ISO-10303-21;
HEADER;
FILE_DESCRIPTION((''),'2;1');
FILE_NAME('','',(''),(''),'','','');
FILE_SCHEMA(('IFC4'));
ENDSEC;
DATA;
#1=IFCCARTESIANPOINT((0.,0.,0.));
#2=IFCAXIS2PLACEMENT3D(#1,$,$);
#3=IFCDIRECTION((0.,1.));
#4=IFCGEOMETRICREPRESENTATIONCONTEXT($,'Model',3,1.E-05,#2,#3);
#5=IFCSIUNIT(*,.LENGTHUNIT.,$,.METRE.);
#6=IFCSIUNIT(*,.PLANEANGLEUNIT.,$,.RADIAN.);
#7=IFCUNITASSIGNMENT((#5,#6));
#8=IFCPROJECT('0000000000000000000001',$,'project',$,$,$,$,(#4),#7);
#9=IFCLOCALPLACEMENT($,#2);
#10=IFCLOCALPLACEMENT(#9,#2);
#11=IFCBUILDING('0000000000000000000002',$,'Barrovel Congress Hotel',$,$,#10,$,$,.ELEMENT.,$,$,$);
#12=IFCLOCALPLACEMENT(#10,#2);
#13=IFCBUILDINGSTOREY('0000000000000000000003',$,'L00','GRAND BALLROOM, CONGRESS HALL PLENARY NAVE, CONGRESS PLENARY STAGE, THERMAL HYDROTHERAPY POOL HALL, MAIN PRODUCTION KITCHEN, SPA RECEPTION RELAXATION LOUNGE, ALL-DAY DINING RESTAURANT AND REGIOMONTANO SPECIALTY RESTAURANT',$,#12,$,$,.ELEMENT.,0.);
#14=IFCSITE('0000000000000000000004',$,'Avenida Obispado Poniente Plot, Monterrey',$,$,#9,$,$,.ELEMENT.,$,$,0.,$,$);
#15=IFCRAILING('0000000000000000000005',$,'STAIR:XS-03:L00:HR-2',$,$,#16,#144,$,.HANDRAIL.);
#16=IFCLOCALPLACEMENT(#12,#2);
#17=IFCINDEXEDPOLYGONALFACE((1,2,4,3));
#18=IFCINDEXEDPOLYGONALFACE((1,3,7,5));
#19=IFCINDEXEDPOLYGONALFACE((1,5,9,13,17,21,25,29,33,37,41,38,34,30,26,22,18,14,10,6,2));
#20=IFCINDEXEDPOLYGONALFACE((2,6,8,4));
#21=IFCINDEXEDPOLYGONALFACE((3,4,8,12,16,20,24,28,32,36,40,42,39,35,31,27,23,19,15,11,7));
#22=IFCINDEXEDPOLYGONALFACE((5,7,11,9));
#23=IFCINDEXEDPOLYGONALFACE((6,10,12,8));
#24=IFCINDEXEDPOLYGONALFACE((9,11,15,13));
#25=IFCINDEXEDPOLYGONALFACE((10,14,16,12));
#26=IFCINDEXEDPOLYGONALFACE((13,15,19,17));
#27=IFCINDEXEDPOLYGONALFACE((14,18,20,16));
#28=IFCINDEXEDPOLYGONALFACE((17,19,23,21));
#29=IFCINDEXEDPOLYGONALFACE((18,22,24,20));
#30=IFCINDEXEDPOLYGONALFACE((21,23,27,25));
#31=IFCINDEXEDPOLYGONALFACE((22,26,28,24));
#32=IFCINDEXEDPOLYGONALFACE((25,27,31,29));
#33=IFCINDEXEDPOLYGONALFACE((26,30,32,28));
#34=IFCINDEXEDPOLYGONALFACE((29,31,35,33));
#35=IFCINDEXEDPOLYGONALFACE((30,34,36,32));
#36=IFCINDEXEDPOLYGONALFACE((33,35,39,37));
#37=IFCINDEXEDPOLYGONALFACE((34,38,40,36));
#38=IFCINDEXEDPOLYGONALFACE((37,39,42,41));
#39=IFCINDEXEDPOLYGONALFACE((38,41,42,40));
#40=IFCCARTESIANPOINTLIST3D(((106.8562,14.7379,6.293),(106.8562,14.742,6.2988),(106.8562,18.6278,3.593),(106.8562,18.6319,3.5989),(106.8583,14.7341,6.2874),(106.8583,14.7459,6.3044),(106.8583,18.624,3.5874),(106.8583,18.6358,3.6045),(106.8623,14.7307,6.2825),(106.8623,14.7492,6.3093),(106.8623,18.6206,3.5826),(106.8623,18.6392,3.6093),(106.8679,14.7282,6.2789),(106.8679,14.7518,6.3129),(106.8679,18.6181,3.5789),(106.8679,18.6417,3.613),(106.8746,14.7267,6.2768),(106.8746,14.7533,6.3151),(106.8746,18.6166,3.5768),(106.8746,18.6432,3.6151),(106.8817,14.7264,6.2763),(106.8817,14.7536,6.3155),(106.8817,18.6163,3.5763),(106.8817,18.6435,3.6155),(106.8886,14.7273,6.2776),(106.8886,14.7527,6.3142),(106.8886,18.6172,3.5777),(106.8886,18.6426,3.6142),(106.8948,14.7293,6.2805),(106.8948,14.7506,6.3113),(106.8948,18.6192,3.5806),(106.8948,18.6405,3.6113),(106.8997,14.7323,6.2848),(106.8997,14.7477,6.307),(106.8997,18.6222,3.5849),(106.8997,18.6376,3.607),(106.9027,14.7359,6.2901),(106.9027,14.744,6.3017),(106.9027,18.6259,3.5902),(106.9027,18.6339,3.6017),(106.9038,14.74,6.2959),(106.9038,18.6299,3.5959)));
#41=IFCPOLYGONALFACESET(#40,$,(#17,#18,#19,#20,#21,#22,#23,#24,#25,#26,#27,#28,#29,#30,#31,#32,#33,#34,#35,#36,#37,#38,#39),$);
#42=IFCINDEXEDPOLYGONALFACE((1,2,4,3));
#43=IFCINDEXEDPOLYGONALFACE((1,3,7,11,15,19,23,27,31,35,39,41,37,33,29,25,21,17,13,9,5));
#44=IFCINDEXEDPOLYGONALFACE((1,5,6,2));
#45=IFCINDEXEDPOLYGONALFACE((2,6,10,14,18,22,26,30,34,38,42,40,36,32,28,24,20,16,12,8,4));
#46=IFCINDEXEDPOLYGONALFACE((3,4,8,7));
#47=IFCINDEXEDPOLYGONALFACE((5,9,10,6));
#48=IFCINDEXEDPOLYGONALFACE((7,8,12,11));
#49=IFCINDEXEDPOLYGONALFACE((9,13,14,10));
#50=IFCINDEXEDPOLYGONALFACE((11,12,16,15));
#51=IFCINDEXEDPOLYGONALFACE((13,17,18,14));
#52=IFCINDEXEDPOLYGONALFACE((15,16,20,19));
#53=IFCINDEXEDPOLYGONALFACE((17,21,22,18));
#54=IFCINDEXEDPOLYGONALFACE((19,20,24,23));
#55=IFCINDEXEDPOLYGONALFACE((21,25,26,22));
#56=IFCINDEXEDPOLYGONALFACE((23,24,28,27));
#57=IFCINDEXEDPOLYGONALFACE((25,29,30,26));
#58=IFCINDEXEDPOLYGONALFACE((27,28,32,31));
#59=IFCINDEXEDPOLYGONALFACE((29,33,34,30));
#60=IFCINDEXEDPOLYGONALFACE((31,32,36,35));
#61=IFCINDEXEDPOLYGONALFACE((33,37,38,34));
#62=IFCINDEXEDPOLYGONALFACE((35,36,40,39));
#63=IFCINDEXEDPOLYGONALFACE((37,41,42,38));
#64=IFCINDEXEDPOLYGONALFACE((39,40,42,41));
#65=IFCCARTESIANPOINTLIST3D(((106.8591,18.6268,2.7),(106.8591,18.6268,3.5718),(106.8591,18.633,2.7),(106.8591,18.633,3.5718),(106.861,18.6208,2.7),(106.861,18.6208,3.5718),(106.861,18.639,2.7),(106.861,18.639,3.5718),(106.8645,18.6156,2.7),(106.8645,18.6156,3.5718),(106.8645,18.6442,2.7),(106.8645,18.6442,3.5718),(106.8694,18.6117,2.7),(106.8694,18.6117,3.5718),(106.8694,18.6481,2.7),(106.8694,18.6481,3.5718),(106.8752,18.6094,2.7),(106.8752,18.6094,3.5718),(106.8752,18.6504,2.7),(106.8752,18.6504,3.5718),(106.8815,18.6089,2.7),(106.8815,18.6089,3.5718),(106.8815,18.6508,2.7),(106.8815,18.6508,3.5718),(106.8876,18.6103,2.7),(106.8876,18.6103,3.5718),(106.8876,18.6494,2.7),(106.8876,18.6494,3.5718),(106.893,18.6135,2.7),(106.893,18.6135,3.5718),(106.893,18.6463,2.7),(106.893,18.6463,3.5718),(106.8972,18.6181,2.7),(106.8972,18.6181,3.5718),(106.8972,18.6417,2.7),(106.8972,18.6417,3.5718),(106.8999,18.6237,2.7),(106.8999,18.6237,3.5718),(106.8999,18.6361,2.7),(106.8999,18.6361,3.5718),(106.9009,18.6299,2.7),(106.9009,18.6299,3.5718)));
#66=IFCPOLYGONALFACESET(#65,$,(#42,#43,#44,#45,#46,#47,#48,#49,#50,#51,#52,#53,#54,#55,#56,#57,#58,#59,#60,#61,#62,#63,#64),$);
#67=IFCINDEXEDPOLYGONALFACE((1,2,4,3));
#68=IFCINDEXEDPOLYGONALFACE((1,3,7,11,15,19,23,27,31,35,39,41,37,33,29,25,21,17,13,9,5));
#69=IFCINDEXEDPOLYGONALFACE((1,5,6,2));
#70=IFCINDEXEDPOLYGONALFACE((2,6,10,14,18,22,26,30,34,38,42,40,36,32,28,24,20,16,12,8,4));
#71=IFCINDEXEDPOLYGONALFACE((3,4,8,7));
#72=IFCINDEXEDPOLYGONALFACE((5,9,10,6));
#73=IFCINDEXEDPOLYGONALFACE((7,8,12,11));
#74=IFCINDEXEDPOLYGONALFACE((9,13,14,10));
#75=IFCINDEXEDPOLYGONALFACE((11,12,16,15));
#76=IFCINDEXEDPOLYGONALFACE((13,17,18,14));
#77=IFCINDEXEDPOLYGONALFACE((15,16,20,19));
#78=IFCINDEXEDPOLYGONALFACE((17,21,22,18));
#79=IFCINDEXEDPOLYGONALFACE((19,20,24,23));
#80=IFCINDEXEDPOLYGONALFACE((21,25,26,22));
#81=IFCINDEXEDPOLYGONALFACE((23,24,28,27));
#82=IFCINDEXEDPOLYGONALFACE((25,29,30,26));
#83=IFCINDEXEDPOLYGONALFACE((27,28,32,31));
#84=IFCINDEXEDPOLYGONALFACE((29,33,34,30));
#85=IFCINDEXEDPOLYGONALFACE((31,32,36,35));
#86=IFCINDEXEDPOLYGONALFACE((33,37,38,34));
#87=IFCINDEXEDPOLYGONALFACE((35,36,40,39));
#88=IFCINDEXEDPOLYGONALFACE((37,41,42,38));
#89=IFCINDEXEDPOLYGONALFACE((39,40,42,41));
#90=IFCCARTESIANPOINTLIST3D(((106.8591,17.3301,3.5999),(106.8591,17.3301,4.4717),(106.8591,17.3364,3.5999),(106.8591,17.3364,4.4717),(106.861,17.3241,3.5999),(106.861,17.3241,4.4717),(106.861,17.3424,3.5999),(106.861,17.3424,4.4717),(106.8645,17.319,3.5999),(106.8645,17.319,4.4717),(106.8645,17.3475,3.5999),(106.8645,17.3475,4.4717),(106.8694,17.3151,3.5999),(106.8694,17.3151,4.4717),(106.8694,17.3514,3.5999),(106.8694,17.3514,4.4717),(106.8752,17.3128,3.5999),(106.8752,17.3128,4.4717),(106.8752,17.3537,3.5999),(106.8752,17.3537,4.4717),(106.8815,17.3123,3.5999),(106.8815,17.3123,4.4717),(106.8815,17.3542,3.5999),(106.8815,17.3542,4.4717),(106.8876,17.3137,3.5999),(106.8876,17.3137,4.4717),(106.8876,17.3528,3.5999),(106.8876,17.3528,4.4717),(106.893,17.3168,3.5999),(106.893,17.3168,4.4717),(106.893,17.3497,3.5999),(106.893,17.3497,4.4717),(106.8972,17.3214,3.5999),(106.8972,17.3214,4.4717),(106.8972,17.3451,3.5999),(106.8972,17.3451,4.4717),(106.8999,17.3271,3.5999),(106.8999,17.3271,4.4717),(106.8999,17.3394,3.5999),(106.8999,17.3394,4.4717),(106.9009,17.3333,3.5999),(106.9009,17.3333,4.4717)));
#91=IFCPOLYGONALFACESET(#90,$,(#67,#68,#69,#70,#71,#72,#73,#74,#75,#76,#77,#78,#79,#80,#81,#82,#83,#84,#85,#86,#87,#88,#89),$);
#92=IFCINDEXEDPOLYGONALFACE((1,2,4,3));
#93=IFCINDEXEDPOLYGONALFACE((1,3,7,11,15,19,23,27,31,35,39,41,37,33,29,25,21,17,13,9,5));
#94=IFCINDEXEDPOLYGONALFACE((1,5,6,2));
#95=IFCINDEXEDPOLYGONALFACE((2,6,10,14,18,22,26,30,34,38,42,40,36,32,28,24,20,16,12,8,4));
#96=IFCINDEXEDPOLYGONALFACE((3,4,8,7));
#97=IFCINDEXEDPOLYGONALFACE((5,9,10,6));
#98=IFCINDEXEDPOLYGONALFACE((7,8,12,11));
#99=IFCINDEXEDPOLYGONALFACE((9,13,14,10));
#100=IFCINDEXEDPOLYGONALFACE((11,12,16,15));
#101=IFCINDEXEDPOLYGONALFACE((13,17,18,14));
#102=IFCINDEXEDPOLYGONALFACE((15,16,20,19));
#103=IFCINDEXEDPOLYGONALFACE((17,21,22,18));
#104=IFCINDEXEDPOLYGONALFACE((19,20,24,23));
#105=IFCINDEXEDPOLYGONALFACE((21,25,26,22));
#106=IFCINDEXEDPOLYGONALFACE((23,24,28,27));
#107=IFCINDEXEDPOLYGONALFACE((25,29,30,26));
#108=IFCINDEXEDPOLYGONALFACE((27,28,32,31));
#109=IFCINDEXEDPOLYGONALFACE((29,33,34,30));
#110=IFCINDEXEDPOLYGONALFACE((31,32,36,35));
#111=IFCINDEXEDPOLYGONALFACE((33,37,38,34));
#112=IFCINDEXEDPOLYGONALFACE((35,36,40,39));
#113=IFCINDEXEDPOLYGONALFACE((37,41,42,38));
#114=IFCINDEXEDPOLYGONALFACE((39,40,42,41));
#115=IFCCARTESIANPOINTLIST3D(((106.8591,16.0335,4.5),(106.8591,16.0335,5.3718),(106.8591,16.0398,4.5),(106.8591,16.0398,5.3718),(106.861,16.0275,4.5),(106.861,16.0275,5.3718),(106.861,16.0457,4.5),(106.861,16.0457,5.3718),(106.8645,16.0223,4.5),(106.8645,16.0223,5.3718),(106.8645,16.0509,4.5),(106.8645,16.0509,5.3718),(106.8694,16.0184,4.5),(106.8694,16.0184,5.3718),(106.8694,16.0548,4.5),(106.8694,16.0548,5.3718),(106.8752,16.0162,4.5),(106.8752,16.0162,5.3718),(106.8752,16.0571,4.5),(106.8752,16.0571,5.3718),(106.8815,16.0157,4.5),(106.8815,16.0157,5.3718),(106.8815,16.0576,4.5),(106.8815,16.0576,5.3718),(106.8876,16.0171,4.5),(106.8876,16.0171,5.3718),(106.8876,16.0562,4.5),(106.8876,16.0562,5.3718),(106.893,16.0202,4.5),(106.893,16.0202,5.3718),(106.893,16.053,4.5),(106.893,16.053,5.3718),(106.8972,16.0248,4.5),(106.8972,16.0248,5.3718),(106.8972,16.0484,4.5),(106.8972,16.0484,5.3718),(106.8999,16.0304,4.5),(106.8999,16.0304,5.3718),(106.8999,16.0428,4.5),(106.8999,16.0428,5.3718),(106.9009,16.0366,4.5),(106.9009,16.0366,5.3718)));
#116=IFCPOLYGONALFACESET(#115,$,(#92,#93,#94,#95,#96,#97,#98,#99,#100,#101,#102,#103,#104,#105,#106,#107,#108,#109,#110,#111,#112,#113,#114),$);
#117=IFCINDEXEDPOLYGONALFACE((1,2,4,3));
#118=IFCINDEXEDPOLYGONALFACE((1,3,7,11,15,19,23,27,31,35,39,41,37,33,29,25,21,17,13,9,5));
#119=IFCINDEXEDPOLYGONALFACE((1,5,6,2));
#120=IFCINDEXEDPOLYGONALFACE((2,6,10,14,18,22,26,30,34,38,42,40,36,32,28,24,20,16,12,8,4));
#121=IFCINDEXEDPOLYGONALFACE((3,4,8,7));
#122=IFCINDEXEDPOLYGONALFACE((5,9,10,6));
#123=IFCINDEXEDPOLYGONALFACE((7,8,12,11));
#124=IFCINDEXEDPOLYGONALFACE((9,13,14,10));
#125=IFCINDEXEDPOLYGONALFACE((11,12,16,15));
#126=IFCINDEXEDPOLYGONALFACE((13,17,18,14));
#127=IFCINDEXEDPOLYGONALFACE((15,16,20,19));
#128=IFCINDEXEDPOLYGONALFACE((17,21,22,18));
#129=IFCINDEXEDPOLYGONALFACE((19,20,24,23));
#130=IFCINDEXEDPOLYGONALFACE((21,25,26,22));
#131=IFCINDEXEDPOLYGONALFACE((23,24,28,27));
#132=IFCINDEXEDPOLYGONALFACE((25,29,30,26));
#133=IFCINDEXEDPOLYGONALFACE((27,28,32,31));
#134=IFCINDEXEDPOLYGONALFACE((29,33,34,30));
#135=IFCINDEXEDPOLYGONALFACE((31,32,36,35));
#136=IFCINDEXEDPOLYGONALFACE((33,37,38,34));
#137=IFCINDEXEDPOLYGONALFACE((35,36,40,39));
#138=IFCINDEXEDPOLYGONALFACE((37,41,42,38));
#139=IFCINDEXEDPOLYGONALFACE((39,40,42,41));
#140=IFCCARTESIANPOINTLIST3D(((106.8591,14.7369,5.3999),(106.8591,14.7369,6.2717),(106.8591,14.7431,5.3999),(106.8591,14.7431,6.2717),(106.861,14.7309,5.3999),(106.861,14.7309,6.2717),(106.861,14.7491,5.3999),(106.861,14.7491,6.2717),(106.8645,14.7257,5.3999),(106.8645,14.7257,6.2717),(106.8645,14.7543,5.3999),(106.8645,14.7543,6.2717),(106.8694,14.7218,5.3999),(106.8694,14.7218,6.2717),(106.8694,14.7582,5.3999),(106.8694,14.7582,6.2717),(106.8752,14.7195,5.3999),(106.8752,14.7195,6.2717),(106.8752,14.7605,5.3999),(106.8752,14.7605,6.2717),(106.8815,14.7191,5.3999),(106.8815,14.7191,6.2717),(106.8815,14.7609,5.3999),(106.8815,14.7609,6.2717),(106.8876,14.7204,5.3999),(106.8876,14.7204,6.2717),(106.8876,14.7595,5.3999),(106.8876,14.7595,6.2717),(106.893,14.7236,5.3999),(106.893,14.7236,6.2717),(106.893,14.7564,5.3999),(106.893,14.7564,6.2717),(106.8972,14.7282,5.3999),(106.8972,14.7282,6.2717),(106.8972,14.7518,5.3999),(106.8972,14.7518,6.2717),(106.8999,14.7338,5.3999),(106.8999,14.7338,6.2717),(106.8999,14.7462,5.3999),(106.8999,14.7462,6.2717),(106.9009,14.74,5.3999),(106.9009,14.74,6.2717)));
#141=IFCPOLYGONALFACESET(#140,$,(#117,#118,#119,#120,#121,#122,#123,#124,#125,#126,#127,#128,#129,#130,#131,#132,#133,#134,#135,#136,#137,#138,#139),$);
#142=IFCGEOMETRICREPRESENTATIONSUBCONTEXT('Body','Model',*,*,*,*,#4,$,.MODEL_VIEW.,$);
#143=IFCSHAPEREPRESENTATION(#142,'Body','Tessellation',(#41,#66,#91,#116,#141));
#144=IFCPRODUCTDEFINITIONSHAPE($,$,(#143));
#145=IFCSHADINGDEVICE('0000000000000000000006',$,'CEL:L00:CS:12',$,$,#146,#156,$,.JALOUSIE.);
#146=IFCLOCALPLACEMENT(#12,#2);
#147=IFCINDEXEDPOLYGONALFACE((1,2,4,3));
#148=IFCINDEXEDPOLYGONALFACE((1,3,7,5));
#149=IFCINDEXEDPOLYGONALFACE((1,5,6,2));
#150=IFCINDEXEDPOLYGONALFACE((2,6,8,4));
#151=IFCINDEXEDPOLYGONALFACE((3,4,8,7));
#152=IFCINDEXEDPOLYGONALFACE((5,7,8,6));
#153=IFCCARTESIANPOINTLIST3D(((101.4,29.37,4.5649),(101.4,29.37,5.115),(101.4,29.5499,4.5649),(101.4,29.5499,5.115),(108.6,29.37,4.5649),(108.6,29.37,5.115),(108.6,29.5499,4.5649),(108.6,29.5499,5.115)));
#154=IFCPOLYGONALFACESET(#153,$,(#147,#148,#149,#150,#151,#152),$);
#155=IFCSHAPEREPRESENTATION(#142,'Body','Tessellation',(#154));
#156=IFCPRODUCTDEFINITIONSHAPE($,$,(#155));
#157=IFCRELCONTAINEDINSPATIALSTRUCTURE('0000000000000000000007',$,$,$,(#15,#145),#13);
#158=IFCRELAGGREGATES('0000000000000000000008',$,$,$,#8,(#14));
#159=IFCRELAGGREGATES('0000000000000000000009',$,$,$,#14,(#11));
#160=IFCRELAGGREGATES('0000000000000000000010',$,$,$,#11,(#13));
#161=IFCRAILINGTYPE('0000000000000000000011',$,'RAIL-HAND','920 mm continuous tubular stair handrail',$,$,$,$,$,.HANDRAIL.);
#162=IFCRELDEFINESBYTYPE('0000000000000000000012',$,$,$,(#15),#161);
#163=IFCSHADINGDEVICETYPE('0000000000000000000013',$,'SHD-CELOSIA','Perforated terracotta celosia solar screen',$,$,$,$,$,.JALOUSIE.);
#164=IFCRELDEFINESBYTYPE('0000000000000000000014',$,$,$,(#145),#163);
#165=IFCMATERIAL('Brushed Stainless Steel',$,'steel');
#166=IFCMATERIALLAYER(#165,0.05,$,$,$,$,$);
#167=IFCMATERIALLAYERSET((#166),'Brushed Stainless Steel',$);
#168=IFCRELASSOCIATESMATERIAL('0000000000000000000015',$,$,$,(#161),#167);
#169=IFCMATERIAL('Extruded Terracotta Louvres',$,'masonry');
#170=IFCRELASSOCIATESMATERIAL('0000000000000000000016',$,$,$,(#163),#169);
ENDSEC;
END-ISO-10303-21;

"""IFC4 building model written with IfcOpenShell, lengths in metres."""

from ifc_helpers import new_model, si_unit, direction, frame, origin, origin_2d, place, context, subcontext, project, spatial, rectangle, circle, extrude, material, layer, layer_set, type_object, element, save


model = new_model("IFC4")

# Units and contexts
model_context = context("Model", 3, precision=1e-05, world=origin(), true_north=direction((0.0, 1.0)))
body_context = subcontext(model_context, "Body", "Model", "MODEL_VIEW")
ifc_project = project(units=[si_unit("LENGTHUNIT", "METRE"), si_unit("PLANEANGLEUNIT", "RADIAN")], contexts=[model_context])

# Site, building, storey
site_placement = place(None, origin())
site = spatial("IfcSite", under=ifc_project, at=site_placement, Name="Avenida Obispado Poniente Plot, Monterrey", CompositionType="ELEMENT", RefElevation=0.0)
building_placement = place(site_placement, origin())
building = spatial("IfcBuilding", under=site, at=building_placement, Name="Barrovel Congress Hotel", CompositionType="ELEMENT")
storey_placement = place(building_placement, origin())
storey = spatial("IfcBuildingStorey", under=building, at=storey_placement, Name="L00", Description="GRAND BALLROOM, CONGRESS HALL PLENARY NAVE, CONGRESS PLENARY STAGE, THERMAL HYDROTHERAPY POOL HALL, MAIN PRODUCTION KITCHEN, SPA RECEPTION RELAXATION LOUNGE, ALL-DAY DINING RESTAURANT AND REGIOMONTANO SPECIALTY RESTAURANT", CompositionType="ELEMENT", Elevation=0.0)

# Railing
ifc_material_1 = material(Name="Brushed Stainless Steel", Category="steel")
ifc_layer_1 = layer(ifc_material_1, 0.05)
ifc_layer_set_1 = layer_set([ifc_layer_1], Name="Brushed Stainless Steel")
railing_type = type_object("IfcRailingType", Name="RAIL-HAND", Description="920 mm continuous tubular stair handrail", PredefinedType="HANDRAIL", material=ifc_layer_set_1)
railing_placement = place(storey_placement, frame((106.8799, 18.6299, 2.7)))
element("IfcRailing", 1, at=railing_placement, inside=storey, type_object=railing_type, Name="STAIR:XS-03:L00:HR-2", PredefinedType="HANDRAIL", context=body_context, shape_type="SweptSolid", body=[
    extrude(circle(Radius=0.0239, at=origin_2d()), frame((0.0, 0.0, 0.896), z_axis=(0.0, -0.821505, 0.570202), x_axis=(1.0, 0.0, 0.0)), (0.0, 0.0, 1.0), 4.7351),
    extrude(circle(Radius=0.021, at=origin_2d()), origin(), (0.0, 0.0, 1.0), 0.8718),
    extrude(circle(Radius=0.021, at=origin_2d()), frame((0.0, -1.2966, 0.8999)), (0.0, 0.0, 1.0), 0.8718),
    extrude(circle(Radius=0.021, at=origin_2d()), frame((0.0, -2.5933, 1.8)), (0.0, 0.0, 1.0), 0.8718),
    extrude(circle(Radius=0.021, at=origin_2d()), frame((0.0, -3.8899, 2.7)), (0.0, 0.0, 1.0), 0.8718),
])

# Shading device
ifc_material_2 = material(Name="Extruded Terracotta Louvres", Category="masonry")
shading_device_type = type_object("IfcShadingDeviceType", Name="SHD-CELOSIA", Description="Perforated terracotta celosia solar screen", PredefinedType="JALOUSIE", material=ifc_material_2)
shading_device_placement = place(storey_placement, frame((105.0, 29.46, 4.5649), z_axis=(0.0, 0.0, 1.0), x_axis=(1.0, 0.0, 0.0)))
element("IfcShadingDevice", 2, at=shading_device_placement, inside=storey, type_object=shading_device_type, Name="CEL:L00:CS:12", PredefinedType="JALOUSIE", context=body_context, shape_type="SweptSolid", body=[
    extrude(rectangle(XDim=7.2, YDim=0.1799, at=origin_2d()), origin(), (0.0, 0.0, 1.0), 0.55),
])

save(model, "model.ifc")
